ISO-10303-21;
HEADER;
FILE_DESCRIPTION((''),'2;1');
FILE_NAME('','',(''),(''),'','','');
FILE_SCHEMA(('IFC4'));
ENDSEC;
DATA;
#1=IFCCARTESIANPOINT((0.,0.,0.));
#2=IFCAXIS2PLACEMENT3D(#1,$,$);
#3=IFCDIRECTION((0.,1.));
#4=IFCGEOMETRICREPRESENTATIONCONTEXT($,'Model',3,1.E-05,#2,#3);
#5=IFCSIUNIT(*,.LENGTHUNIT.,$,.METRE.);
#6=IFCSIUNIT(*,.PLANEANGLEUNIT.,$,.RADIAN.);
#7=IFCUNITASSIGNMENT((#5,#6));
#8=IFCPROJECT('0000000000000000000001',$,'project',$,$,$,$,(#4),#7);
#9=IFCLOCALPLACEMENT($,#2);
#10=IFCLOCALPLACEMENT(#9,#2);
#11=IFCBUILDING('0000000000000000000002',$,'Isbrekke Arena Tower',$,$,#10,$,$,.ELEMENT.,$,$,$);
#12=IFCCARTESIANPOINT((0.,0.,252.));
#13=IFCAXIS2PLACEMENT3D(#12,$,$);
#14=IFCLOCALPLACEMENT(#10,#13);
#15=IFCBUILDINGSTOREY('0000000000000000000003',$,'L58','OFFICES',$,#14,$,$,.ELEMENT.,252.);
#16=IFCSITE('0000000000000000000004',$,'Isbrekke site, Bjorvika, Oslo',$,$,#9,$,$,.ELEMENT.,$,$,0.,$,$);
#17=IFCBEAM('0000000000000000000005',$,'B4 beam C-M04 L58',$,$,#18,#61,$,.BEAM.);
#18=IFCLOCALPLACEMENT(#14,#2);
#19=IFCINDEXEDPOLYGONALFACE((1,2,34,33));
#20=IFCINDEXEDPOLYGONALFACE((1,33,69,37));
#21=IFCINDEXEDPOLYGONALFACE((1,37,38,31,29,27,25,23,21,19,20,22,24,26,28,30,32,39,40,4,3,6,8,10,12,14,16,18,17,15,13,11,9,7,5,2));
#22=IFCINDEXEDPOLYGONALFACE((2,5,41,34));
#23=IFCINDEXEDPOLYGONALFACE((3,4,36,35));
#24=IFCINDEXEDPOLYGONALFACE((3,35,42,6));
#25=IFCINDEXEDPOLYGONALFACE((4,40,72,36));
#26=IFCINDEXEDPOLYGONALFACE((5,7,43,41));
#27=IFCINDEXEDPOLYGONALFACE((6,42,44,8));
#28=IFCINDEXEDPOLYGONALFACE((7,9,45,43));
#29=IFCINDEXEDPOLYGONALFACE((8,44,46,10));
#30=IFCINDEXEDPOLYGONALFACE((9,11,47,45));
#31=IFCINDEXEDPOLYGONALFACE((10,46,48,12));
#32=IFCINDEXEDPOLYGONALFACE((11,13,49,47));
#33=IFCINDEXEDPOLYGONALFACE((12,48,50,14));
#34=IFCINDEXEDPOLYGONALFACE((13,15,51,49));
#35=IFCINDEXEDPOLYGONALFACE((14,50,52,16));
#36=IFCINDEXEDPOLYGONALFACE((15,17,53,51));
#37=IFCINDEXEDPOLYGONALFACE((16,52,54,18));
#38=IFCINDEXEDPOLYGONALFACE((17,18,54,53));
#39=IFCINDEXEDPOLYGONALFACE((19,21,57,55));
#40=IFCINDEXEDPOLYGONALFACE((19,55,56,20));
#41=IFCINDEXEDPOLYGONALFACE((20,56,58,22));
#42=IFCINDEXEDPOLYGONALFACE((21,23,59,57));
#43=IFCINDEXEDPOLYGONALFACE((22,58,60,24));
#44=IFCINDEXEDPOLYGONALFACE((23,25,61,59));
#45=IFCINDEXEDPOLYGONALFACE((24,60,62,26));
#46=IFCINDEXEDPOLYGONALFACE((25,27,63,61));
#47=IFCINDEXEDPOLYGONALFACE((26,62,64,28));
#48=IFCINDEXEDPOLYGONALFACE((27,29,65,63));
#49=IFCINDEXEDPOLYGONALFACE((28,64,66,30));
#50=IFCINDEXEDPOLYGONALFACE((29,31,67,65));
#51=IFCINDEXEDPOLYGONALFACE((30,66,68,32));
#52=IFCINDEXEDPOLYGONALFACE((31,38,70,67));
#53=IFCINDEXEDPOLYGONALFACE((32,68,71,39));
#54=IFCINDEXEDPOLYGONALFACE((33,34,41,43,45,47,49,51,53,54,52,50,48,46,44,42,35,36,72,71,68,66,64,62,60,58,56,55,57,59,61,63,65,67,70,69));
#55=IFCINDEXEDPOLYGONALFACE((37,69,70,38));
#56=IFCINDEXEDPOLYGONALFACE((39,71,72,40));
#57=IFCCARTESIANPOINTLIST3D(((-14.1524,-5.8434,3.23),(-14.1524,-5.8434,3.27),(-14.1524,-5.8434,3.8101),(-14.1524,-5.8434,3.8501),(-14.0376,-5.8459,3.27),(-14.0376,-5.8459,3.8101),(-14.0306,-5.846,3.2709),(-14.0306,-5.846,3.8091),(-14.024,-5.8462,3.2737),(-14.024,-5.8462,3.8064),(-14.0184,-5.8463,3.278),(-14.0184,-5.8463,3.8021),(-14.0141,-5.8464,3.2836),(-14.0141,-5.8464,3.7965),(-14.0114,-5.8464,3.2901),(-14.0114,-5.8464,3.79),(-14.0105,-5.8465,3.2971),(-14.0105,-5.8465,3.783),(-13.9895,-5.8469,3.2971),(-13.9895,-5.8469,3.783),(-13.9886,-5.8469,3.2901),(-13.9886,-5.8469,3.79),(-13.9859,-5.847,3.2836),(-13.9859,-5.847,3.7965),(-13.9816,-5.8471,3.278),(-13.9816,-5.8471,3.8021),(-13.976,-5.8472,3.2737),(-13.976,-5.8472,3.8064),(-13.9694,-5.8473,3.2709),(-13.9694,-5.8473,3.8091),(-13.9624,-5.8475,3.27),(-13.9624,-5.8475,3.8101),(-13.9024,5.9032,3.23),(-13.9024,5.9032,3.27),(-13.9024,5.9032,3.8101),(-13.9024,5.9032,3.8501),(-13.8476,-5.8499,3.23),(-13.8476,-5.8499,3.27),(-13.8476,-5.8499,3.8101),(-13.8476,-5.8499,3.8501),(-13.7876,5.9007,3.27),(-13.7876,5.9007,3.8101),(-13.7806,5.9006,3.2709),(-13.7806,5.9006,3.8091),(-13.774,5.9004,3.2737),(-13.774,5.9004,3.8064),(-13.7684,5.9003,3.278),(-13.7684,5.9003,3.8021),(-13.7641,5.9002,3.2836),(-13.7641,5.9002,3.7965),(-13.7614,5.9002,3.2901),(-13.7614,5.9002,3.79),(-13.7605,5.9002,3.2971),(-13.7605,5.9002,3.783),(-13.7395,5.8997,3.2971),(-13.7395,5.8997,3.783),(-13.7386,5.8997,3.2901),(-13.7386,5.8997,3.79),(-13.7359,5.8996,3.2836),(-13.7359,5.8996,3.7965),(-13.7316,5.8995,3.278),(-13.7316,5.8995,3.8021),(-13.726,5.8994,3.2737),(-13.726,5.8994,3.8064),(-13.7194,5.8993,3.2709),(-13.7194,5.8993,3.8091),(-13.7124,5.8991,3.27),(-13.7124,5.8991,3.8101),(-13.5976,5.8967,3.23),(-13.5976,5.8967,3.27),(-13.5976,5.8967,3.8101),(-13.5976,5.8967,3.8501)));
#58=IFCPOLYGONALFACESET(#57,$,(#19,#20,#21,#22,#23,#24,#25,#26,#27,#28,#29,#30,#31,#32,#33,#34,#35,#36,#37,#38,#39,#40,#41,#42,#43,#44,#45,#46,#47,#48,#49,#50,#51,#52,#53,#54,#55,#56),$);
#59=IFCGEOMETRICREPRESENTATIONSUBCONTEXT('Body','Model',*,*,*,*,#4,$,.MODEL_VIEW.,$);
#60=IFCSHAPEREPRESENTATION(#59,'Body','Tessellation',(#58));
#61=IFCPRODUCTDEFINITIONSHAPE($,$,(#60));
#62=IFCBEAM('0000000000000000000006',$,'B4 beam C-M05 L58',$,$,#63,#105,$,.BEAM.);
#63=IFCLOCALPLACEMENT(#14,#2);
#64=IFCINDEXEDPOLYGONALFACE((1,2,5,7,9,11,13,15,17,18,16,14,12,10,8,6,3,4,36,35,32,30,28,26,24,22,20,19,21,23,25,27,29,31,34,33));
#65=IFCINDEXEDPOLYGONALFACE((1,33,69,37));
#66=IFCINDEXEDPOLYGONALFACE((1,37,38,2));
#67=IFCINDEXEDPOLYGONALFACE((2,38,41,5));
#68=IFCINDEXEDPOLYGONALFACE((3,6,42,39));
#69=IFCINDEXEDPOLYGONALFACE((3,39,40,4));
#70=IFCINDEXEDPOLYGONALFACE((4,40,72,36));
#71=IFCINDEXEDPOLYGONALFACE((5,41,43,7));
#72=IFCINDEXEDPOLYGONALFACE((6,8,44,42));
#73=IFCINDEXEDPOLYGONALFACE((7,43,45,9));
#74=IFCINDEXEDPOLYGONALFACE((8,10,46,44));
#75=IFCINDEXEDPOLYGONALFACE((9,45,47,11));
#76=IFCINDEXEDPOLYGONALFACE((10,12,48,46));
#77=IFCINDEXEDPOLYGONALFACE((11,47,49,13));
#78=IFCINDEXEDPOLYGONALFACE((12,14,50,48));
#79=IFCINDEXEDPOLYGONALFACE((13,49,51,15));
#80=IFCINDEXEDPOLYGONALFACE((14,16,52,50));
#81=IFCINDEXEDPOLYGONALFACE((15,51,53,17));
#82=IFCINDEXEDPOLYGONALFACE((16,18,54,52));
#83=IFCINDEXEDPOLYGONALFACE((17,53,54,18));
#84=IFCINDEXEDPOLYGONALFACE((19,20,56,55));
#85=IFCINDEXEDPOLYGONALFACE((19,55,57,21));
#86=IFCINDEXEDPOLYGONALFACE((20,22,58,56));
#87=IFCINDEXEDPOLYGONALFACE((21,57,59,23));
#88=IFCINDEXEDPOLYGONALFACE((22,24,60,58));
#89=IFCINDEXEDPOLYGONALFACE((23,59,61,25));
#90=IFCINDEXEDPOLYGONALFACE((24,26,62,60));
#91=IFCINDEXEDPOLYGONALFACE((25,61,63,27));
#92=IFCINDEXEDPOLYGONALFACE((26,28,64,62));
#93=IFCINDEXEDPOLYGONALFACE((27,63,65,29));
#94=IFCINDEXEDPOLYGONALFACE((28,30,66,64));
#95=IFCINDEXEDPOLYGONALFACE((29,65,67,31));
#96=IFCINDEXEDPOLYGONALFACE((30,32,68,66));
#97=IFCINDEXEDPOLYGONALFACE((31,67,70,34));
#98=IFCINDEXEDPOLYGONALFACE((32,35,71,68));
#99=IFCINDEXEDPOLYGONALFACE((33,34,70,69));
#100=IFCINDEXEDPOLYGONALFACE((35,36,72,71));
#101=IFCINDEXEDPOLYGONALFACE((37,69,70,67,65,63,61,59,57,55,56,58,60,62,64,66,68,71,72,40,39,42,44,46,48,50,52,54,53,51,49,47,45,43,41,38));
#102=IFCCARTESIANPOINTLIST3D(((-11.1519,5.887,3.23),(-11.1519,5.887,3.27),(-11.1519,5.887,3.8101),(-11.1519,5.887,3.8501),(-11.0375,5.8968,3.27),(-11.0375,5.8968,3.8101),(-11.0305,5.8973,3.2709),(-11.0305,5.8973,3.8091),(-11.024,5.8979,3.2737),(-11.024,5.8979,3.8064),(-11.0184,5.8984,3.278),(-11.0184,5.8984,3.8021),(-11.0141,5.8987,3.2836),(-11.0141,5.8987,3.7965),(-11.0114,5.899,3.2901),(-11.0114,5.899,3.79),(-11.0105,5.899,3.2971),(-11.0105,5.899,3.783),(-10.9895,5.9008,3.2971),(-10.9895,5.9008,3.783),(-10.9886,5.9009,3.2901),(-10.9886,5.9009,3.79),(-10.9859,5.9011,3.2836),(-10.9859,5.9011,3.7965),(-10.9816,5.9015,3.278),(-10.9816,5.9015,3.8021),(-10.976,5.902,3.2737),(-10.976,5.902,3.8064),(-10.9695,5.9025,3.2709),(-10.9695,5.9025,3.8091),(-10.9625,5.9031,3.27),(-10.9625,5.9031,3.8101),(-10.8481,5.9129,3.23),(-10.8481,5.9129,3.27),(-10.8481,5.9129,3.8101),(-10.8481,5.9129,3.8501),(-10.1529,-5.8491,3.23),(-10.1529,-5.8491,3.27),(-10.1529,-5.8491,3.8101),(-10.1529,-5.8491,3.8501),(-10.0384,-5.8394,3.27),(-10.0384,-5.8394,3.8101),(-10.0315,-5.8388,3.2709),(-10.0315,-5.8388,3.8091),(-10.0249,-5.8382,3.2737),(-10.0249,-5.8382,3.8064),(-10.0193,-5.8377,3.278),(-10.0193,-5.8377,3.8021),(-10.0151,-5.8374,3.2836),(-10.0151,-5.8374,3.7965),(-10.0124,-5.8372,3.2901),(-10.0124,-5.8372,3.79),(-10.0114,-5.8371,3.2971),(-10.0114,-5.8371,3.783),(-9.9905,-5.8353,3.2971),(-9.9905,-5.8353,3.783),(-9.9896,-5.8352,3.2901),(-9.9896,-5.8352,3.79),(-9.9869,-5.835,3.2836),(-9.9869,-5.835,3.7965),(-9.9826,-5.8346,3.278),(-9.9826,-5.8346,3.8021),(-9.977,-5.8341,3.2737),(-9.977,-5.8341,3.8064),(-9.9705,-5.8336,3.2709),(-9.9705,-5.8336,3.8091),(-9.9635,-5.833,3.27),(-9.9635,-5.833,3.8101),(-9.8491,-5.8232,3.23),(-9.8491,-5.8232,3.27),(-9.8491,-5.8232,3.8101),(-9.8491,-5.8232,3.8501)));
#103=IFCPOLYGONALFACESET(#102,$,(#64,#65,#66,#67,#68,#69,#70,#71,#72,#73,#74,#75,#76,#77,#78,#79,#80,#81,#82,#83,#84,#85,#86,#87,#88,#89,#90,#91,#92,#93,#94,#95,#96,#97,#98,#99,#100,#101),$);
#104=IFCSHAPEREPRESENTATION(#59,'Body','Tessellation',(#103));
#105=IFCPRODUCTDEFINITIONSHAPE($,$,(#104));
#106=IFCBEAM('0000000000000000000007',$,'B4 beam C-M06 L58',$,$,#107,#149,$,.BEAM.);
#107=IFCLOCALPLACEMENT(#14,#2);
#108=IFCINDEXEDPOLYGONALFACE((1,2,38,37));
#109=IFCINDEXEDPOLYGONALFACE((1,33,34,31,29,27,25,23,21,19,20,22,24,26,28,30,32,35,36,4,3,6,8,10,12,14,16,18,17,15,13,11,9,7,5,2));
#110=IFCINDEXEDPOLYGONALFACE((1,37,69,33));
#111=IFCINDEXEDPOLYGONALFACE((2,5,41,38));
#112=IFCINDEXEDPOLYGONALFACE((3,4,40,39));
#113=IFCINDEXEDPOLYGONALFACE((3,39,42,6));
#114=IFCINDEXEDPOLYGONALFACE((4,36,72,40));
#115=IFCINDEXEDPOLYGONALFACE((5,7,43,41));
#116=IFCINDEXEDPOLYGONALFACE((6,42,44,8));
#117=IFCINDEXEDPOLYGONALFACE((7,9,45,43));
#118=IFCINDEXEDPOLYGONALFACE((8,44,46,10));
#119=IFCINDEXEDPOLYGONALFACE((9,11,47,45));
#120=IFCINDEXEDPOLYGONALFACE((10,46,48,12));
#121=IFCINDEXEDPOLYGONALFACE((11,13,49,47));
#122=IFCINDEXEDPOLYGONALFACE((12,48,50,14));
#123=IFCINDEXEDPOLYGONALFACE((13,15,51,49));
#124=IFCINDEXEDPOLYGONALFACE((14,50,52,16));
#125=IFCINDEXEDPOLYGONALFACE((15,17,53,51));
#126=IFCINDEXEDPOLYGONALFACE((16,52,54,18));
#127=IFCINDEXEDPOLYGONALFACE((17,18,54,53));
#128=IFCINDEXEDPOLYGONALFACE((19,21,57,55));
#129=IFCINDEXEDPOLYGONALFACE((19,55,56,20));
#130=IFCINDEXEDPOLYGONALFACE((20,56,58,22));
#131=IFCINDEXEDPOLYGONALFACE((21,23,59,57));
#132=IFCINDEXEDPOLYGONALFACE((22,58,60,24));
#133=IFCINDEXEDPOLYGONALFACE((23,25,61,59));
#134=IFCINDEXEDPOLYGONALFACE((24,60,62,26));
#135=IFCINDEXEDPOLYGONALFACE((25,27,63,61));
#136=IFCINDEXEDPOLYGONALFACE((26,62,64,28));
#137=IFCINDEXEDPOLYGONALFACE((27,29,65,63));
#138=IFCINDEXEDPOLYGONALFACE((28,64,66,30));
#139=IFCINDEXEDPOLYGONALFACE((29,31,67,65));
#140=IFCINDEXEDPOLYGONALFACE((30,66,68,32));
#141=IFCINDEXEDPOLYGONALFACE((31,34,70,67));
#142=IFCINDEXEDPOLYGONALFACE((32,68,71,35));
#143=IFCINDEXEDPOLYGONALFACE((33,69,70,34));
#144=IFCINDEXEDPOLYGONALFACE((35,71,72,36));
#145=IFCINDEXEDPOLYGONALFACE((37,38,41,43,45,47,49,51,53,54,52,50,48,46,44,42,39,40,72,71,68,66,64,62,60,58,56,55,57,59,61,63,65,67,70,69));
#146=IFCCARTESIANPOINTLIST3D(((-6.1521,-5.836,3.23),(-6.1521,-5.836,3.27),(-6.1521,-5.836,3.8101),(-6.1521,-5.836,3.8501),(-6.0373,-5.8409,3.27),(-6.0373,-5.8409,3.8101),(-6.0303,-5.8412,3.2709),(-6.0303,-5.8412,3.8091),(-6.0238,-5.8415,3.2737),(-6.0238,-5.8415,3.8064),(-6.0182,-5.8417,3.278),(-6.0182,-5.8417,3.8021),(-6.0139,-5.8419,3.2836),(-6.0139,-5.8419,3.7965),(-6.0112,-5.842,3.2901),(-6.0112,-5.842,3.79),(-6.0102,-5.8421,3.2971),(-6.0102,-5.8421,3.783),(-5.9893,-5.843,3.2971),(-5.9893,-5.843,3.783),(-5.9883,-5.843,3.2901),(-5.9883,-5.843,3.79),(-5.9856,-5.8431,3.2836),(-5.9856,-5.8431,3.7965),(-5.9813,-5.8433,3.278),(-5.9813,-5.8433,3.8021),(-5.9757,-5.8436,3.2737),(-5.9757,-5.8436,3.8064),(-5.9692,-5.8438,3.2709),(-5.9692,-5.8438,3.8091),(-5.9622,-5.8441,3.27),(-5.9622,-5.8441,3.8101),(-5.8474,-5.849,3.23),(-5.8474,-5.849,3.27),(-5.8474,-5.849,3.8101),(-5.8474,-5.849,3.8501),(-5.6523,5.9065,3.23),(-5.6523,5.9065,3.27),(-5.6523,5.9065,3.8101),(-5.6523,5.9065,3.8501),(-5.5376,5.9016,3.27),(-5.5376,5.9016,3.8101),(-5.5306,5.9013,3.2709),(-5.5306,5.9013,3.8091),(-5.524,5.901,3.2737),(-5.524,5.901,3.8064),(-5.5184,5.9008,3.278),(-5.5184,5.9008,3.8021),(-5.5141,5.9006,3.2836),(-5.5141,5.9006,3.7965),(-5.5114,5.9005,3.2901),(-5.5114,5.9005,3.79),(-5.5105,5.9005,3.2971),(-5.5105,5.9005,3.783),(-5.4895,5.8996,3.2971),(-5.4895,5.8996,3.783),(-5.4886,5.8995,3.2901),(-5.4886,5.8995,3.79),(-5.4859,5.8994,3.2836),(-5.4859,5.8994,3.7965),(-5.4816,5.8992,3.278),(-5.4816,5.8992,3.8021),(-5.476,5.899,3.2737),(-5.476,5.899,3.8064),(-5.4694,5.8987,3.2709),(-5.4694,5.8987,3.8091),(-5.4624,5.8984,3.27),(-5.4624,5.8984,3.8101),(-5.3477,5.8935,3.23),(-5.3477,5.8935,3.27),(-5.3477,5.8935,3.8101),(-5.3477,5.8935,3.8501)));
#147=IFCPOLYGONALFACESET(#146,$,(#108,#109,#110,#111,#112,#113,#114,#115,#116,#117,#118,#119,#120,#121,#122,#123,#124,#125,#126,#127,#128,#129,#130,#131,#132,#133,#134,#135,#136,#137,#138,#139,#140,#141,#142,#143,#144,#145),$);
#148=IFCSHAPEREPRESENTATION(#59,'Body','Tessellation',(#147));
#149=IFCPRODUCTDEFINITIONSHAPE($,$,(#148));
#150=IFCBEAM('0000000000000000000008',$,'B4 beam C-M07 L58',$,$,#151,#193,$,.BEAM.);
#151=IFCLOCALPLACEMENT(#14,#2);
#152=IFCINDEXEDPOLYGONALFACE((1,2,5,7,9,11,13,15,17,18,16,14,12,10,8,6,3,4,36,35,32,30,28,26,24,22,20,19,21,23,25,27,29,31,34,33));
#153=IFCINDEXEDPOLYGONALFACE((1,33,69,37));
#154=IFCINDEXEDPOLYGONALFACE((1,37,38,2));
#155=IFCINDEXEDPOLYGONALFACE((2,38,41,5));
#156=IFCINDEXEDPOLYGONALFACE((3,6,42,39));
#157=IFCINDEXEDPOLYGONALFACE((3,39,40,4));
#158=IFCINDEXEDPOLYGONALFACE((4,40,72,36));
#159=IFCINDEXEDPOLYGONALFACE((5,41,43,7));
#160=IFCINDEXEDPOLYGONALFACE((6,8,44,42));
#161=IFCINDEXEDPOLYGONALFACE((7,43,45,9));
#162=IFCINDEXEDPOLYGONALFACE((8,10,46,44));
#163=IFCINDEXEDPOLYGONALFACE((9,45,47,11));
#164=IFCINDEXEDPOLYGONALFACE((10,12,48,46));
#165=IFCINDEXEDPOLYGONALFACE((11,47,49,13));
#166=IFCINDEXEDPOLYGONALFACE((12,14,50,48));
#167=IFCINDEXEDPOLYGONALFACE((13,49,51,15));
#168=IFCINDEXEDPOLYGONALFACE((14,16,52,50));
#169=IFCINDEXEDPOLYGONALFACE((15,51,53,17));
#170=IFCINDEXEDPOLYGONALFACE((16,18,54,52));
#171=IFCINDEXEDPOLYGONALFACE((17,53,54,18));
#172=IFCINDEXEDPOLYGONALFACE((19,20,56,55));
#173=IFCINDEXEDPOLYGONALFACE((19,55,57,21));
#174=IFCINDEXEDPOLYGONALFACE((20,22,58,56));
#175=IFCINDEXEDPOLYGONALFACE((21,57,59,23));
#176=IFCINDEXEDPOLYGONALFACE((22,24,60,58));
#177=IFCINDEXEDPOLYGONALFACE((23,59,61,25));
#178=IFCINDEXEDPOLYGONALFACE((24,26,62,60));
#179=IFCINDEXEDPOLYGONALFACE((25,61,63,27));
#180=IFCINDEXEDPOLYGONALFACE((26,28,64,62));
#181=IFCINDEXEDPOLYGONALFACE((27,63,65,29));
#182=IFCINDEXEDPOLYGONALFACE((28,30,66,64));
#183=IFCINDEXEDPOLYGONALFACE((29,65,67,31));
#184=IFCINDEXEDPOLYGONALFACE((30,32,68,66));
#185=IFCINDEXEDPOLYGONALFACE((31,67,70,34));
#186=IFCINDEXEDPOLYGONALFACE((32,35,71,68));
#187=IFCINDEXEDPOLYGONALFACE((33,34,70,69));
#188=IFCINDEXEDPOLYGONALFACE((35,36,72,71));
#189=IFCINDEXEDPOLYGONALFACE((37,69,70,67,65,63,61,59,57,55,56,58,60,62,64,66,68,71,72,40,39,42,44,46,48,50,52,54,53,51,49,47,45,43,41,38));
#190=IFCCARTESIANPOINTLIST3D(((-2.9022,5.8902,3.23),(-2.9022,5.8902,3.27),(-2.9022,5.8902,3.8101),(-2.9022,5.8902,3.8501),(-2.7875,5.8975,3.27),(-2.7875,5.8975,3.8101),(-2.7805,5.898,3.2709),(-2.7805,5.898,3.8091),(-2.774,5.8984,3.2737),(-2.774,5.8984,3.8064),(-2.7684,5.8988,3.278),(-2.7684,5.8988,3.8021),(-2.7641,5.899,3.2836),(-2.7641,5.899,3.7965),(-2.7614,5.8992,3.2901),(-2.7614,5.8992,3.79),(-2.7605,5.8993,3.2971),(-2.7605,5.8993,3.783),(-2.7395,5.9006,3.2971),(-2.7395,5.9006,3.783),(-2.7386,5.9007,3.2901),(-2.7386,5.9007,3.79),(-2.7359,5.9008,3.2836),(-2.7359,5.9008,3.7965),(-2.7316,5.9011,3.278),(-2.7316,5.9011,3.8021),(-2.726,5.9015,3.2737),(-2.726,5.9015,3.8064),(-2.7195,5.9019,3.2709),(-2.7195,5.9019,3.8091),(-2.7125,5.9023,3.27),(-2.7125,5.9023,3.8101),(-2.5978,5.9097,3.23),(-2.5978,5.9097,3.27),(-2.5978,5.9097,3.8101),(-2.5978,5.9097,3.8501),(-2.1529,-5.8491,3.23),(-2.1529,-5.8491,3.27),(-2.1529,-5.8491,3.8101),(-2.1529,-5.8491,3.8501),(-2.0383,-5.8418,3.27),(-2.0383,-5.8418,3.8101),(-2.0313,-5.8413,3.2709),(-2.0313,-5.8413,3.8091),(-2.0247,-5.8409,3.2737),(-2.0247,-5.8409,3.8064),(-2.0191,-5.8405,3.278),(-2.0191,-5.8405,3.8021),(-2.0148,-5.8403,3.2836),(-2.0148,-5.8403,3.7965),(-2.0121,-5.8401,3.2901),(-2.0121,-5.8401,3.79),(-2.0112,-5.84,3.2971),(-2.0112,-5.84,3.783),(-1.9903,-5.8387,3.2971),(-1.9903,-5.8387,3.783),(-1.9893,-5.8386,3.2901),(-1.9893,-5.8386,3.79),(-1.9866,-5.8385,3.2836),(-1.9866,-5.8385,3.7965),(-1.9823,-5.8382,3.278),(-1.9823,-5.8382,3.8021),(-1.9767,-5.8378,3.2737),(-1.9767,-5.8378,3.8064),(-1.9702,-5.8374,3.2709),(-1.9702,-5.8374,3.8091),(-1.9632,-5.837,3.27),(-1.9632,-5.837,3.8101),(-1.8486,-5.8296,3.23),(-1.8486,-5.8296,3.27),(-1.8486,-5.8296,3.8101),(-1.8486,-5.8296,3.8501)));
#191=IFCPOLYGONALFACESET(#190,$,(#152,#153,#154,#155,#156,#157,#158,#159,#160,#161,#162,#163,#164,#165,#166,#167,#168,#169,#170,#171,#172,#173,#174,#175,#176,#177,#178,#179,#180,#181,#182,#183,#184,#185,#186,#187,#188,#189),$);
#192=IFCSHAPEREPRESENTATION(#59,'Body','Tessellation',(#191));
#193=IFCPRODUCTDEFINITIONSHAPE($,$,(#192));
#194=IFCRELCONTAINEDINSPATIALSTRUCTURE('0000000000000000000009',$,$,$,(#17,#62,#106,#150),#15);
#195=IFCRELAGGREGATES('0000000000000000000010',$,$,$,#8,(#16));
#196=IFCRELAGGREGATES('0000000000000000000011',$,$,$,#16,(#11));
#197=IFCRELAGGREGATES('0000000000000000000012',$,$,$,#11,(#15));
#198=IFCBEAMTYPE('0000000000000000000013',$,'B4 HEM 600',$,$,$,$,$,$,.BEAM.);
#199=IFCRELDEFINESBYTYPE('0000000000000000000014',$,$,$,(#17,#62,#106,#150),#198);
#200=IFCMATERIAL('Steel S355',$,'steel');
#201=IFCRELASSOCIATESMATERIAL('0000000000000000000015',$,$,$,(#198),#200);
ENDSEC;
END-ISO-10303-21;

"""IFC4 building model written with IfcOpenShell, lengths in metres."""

from ifc_helpers import new_model, si_unit, direction, frame, origin, origin_2d, place, context, subcontext, project, spatial, i_section, extrude, material, material_profile, profile_set, type_object, element, save


model = new_model("IFC4")

# Units and contexts
model_context = context("Model", 3, precision=1e-05, world=origin(), true_north=direction((0.0, 1.0)))
body_context = subcontext(model_context, "Body", "Model", "MODEL_VIEW")
ifc_project = project(units=[si_unit("LENGTHUNIT", "METRE"), si_unit("PLANEANGLEUNIT", "RADIAN")], contexts=[model_context])

# Site, building, storey
site_placement = place(None, origin())
site = spatial("IfcSite", under=ifc_project, at=site_placement, Name="Isbrekke site, Bjorvika, Oslo", CompositionType="ELEMENT", RefElevation=0.0)
building_placement = place(site_placement, origin())
building = spatial("IfcBuilding", under=site, at=building_placement, Name="Isbrekke Arena Tower", CompositionType="ELEMENT")
storey_placement = place(building_placement, frame((0.0, 0.0, 252.0)))
storey = spatial("IfcBuildingStorey", under=building, at=storey_placement, Name="L58", Description="OFFICES", CompositionType="ELEMENT", Elevation=252.0)

# Beams
ifc_material_1 = material(Name="Steel S355", Category="steel")
ifc_material_profile_1 = material_profile(ifc_material_1, i_section(OverallWidth=0.3049, OverallDepth=0.6201, WebThickness=0.021, FlangeThickness=0.04, FilletRadius=0.0271, at=origin_2d()), Name="HEM 600")
ifc_profile_set_1 = profile_set([ifc_material_profile_1], Name="Steel S355")
beam_type_1 = type_object("IfcBeamType", Name="B4 HEM 600", PredefinedType="BEAM", material=ifc_profile_set_1)
beam_1_placement = place(storey_placement, frame((-14.0, -5.8467, 3.54), z_axis=(0.021278, 0.999774, 0.0), x_axis=(-0.999774, 0.021278, 0.0)))
element("IfcBeam", 1, at=beam_1_placement, inside=storey, type_object=beam_type_1, Name="B4 beam C-M04 L58", PredefinedType="BEAM", context=body_context, shape_type="SweptSolid", body=[
    extrude(i_section(OverallWidth=0.3049, OverallDepth=0.6201, WebThickness=0.021, FlangeThickness=0.04, FilletRadius=0.0271, at=origin_2d()), origin(), (0.0, 0.0, 1.0), 11.7493),
])
beam_2_placement = place(storey_placement, frame((-10.001, -5.8362, 3.54), z_axis=(-0.084817, 0.996397, 0.0), x_axis=(-0.996397, -0.084817, 0.0)))
element("IfcBeam", 2, at=beam_2_placement, inside=storey, type_object=beam_type_1, Name="B4 beam C-M05 L58", PredefinedType="BEAM", context=body_context, shape_type="SweptSolid", body=[
    extrude(i_section(OverallWidth=0.3049, OverallDepth=0.6201, WebThickness=0.021, FlangeThickness=0.04, FilletRadius=0.0271, at=origin_2d()), origin(), (0.0, 0.0, 1.0), 11.7786),
])
beam_3_placement = place(storey_placement, frame((-5.9998, -5.8425, 3.54), z_axis=(0.042521, 0.999096, 0.0), x_axis=(-0.999096, 0.042521, 0.0)))
element("IfcBeam", 3, at=beam_3_placement, inside=storey, type_object=beam_type_1, Name="B4 beam C-M06 L58", PredefinedType="BEAM", context=body_context, shape_type="SweptSolid", body=[
    extrude(i_section(OverallWidth=0.3049, OverallDepth=0.6201, WebThickness=0.021, FlangeThickness=0.04, FilletRadius=0.0271, at=origin_2d()), origin(), (0.0, 0.0, 1.0), 11.7532),
])
beam_4_placement = place(storey_placement, frame((-2.0007, -5.8394, 3.54), z_axis=(-0.063696, 0.997969, 0.0), x_axis=(-0.997969, -0.063696, 0.0)))
element("IfcBeam", 4, at=beam_4_placement, inside=storey, type_object=beam_type_1, Name="B4 beam C-M07 L58", PredefinedType="BEAM", context=body_context, shape_type="SweptSolid", body=[
    extrude(i_section(OverallWidth=0.3049, OverallDepth=0.6201, WebThickness=0.021, FlangeThickness=0.04, FilletRadius=0.0271, at=origin_2d()), origin(), (0.0, 0.0, 1.0), 11.7632),
])

save(model, "model.ifc")
